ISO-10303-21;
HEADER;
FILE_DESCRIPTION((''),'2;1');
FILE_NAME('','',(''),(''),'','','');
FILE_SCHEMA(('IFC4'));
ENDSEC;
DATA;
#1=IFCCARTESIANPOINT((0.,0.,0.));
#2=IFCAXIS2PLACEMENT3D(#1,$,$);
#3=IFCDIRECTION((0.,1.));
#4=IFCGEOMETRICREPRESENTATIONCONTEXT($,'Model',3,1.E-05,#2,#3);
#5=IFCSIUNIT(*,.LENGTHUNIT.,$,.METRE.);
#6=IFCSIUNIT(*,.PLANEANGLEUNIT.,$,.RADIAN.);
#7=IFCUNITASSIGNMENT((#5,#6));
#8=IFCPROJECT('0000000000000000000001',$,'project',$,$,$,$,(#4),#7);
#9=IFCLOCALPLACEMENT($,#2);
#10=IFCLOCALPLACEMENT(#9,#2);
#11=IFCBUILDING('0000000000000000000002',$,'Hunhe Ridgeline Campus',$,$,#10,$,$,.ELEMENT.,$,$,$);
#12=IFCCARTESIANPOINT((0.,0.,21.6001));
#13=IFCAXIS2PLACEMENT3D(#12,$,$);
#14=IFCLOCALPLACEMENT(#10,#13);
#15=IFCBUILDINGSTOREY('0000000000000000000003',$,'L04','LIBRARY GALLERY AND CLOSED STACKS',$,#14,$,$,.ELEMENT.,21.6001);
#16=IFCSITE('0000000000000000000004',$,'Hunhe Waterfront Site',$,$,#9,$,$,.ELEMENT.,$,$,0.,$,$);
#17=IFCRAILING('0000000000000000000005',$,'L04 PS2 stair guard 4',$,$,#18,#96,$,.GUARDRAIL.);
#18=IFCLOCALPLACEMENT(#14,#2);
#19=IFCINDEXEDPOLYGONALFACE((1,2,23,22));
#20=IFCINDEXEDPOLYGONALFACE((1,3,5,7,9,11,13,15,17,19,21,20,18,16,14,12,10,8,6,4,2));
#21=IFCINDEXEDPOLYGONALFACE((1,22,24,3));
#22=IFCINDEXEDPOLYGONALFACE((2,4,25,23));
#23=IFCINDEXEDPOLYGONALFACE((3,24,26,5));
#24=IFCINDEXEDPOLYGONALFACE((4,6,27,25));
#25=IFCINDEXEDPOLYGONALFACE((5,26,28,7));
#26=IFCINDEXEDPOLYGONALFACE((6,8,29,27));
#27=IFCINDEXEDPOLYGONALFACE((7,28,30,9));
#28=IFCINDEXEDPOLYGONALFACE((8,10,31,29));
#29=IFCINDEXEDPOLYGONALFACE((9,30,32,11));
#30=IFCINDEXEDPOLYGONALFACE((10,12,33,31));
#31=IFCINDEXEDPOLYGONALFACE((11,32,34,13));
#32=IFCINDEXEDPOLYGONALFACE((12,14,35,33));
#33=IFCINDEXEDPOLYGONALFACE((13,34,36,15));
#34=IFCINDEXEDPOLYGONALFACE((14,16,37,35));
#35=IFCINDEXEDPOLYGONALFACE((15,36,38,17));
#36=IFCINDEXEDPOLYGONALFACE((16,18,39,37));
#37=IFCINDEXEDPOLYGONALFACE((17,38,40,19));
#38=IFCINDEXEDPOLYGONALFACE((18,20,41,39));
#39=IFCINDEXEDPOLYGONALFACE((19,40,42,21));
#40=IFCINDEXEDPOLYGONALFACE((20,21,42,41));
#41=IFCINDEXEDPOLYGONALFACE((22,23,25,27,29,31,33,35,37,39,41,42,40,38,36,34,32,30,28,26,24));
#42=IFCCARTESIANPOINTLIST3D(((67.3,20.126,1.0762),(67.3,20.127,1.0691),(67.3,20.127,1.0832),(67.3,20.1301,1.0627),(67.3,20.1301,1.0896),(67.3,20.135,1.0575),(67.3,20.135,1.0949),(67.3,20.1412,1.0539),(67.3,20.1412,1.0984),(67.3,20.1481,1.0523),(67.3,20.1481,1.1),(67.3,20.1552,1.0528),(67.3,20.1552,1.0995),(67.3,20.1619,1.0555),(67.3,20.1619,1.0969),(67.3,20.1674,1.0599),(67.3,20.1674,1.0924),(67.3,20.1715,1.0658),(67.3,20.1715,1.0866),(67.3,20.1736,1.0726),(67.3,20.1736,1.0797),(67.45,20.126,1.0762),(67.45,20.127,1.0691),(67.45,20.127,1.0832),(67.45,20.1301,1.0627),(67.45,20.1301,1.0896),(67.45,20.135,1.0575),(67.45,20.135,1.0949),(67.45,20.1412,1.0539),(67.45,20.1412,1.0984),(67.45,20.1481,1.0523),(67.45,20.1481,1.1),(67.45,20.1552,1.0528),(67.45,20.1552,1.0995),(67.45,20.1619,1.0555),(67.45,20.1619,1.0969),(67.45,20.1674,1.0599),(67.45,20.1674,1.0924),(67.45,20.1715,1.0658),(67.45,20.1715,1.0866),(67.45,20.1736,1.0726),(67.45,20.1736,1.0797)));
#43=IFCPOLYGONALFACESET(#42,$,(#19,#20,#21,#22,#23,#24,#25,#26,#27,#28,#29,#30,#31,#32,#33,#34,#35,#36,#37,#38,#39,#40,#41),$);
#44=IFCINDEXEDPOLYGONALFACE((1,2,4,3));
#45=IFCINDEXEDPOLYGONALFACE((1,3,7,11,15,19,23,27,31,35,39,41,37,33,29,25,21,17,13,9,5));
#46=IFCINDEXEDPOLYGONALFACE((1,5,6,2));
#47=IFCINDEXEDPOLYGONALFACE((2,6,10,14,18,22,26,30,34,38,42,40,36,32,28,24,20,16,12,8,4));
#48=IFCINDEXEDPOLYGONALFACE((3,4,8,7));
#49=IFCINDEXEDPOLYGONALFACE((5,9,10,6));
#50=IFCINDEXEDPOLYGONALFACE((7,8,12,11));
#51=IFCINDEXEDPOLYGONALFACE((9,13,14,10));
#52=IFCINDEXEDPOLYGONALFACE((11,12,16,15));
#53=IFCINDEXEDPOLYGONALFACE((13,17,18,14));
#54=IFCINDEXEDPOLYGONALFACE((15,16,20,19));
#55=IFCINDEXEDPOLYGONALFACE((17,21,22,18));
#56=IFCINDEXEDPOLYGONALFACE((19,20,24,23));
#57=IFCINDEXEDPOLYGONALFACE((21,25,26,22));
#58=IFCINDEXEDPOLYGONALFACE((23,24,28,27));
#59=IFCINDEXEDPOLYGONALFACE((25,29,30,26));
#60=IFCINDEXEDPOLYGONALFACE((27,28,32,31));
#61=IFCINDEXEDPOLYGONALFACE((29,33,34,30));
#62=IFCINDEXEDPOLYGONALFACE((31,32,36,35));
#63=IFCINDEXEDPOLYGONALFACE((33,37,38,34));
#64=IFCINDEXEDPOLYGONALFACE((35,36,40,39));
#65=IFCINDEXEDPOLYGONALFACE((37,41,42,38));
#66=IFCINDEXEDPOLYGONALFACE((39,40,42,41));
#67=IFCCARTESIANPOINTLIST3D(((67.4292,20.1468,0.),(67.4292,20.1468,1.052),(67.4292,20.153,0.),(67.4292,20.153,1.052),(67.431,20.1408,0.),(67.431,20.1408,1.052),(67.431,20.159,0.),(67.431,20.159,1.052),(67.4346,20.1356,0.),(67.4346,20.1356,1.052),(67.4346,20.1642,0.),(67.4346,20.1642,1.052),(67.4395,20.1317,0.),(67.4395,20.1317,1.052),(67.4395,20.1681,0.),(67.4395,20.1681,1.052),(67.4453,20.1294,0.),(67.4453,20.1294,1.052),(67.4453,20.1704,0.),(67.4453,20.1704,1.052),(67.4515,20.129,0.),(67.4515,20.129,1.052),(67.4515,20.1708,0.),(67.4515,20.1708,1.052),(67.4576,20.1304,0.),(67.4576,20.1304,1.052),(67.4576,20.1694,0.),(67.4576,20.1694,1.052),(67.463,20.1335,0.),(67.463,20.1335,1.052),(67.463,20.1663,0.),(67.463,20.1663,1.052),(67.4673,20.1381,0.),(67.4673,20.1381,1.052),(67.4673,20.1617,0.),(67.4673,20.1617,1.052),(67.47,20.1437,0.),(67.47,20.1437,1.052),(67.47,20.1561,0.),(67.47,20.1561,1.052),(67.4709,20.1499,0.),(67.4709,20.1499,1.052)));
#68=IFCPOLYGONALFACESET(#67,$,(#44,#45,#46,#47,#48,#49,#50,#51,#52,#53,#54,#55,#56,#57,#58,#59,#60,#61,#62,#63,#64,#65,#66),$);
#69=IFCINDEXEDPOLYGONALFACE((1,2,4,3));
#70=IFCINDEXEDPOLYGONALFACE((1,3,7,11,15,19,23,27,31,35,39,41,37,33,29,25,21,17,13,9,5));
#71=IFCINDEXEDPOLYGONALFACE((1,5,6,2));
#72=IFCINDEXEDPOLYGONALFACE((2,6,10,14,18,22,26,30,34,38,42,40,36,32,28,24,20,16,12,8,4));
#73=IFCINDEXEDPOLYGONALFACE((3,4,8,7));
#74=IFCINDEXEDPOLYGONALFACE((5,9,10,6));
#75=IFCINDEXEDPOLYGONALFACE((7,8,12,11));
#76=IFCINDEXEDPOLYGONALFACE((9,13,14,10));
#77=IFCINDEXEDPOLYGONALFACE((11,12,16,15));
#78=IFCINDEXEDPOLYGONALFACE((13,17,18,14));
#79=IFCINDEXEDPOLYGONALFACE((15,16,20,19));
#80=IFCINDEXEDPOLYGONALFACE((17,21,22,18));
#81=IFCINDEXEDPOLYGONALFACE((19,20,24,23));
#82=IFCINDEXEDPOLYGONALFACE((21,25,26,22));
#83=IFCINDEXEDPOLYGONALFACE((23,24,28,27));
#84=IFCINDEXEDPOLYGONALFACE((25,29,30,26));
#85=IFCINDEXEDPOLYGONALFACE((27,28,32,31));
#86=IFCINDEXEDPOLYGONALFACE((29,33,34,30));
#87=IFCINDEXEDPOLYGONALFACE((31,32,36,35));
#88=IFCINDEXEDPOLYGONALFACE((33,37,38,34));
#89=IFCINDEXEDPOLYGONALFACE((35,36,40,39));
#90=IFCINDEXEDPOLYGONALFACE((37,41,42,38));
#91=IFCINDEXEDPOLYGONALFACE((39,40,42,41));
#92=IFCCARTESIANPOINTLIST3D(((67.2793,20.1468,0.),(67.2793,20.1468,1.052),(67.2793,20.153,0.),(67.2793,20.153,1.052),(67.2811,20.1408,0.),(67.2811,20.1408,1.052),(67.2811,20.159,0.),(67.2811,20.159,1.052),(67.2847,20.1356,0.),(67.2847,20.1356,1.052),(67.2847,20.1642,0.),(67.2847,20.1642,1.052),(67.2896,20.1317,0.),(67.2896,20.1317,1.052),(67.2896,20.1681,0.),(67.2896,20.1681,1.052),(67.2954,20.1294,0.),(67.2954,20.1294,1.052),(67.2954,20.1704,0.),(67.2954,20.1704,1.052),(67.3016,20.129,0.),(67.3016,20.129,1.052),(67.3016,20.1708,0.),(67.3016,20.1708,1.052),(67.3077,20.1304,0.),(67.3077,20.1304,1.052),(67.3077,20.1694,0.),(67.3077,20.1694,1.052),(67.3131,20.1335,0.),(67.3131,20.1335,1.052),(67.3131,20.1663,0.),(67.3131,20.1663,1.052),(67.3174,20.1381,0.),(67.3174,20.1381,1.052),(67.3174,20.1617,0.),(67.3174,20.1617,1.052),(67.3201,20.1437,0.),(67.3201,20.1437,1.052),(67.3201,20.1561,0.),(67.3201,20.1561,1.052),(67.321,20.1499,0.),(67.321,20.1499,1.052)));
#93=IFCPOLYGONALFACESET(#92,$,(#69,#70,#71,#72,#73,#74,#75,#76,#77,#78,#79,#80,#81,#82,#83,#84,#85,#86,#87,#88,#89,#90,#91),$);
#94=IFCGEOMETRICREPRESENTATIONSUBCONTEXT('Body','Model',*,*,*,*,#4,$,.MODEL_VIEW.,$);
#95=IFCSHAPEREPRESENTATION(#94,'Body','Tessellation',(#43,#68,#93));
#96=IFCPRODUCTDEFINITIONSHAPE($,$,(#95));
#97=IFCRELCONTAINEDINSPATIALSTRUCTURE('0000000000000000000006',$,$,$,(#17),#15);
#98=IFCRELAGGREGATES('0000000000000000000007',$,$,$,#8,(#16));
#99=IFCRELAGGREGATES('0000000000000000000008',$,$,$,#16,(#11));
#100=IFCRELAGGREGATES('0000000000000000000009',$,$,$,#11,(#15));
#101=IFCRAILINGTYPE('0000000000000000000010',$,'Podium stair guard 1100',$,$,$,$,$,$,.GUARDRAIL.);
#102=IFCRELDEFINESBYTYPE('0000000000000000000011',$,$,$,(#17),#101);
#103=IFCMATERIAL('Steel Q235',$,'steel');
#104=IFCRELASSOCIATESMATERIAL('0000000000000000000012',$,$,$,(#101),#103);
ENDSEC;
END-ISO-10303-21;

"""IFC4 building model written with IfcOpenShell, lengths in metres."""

from ifc_helpers import new_model, si_unit, direction, frame, origin, origin_2d, place, context, subcontext, project, spatial, circle, extrude, material, type_object, element, save


model = new_model("IFC4")

# Units and contexts
model_context = context("Model", 3, precision=1e-05, world=origin(), true_north=direction((0.0, 1.0)))
body_context = subcontext(model_context, "Body", "Model", "MODEL_VIEW")
ifc_project = project(units=[si_unit("LENGTHUNIT", "METRE"), si_unit("PLANEANGLEUNIT", "RADIAN")], contexts=[model_context])

# Site, building, storey
site_placement = place(None, origin())
site = spatial("IfcSite", under=ifc_project, at=site_placement, Name="Hunhe Waterfront Site", CompositionType="ELEMENT", RefElevation=0.0)
building_placement = place(site_placement, origin())
building = spatial("IfcBuilding", under=site, at=building_placement, Name="Hunhe Ridgeline Campus", CompositionType="ELEMENT")
storey_placement = place(building_placement, frame((0.0, 0.0, 21.6001)))
storey = spatial("IfcBuildingStorey", under=building, at=storey_placement, Name="L04", Description="LIBRARY GALLERY AND CLOSED STACKS", CompositionType="ELEMENT", Elevation=21.6001)

# Shared definitions
ifc_material_1 = material(Name="Steel Q235", Category="steel")

# Railing
railing_type_1 = type_object("IfcRailingType", Name="Podium stair guard 1100", PredefinedType="GUARDRAIL", material=ifc_material_1)
railing_1_placement = place(storey_placement, frame((67.45, 20.1499, 0.0)))
element("IfcRailing", 1, at=railing_1_placement, inside=storey, type_object=railing_type_1, Name="L04 PS2 stair guard 4", PredefinedType="GUARDRAIL", context=body_context, shape_type="SweptSolid", body=[
    extrude(circle(Radius=0.0239, at=origin_2d()), frame((0.0, 0.0, 1.0762), z_axis=(-1.0, 0.0, 0.0), x_axis=(0.0, -1.0, 0.0)), (0.0, 0.0, 1.0), 0.1499),
    extrude(circle(Radius=0.021, at=origin_2d()), origin(), (0.0, 0.0, 1.0), 1.052),
    extrude(circle(Radius=0.021, at=origin_2d()), frame((-0.1499, 0.0, 0.0)), (0.0, 0.0, 1.0), 1.052),
])

save(model, "model.ifc")
